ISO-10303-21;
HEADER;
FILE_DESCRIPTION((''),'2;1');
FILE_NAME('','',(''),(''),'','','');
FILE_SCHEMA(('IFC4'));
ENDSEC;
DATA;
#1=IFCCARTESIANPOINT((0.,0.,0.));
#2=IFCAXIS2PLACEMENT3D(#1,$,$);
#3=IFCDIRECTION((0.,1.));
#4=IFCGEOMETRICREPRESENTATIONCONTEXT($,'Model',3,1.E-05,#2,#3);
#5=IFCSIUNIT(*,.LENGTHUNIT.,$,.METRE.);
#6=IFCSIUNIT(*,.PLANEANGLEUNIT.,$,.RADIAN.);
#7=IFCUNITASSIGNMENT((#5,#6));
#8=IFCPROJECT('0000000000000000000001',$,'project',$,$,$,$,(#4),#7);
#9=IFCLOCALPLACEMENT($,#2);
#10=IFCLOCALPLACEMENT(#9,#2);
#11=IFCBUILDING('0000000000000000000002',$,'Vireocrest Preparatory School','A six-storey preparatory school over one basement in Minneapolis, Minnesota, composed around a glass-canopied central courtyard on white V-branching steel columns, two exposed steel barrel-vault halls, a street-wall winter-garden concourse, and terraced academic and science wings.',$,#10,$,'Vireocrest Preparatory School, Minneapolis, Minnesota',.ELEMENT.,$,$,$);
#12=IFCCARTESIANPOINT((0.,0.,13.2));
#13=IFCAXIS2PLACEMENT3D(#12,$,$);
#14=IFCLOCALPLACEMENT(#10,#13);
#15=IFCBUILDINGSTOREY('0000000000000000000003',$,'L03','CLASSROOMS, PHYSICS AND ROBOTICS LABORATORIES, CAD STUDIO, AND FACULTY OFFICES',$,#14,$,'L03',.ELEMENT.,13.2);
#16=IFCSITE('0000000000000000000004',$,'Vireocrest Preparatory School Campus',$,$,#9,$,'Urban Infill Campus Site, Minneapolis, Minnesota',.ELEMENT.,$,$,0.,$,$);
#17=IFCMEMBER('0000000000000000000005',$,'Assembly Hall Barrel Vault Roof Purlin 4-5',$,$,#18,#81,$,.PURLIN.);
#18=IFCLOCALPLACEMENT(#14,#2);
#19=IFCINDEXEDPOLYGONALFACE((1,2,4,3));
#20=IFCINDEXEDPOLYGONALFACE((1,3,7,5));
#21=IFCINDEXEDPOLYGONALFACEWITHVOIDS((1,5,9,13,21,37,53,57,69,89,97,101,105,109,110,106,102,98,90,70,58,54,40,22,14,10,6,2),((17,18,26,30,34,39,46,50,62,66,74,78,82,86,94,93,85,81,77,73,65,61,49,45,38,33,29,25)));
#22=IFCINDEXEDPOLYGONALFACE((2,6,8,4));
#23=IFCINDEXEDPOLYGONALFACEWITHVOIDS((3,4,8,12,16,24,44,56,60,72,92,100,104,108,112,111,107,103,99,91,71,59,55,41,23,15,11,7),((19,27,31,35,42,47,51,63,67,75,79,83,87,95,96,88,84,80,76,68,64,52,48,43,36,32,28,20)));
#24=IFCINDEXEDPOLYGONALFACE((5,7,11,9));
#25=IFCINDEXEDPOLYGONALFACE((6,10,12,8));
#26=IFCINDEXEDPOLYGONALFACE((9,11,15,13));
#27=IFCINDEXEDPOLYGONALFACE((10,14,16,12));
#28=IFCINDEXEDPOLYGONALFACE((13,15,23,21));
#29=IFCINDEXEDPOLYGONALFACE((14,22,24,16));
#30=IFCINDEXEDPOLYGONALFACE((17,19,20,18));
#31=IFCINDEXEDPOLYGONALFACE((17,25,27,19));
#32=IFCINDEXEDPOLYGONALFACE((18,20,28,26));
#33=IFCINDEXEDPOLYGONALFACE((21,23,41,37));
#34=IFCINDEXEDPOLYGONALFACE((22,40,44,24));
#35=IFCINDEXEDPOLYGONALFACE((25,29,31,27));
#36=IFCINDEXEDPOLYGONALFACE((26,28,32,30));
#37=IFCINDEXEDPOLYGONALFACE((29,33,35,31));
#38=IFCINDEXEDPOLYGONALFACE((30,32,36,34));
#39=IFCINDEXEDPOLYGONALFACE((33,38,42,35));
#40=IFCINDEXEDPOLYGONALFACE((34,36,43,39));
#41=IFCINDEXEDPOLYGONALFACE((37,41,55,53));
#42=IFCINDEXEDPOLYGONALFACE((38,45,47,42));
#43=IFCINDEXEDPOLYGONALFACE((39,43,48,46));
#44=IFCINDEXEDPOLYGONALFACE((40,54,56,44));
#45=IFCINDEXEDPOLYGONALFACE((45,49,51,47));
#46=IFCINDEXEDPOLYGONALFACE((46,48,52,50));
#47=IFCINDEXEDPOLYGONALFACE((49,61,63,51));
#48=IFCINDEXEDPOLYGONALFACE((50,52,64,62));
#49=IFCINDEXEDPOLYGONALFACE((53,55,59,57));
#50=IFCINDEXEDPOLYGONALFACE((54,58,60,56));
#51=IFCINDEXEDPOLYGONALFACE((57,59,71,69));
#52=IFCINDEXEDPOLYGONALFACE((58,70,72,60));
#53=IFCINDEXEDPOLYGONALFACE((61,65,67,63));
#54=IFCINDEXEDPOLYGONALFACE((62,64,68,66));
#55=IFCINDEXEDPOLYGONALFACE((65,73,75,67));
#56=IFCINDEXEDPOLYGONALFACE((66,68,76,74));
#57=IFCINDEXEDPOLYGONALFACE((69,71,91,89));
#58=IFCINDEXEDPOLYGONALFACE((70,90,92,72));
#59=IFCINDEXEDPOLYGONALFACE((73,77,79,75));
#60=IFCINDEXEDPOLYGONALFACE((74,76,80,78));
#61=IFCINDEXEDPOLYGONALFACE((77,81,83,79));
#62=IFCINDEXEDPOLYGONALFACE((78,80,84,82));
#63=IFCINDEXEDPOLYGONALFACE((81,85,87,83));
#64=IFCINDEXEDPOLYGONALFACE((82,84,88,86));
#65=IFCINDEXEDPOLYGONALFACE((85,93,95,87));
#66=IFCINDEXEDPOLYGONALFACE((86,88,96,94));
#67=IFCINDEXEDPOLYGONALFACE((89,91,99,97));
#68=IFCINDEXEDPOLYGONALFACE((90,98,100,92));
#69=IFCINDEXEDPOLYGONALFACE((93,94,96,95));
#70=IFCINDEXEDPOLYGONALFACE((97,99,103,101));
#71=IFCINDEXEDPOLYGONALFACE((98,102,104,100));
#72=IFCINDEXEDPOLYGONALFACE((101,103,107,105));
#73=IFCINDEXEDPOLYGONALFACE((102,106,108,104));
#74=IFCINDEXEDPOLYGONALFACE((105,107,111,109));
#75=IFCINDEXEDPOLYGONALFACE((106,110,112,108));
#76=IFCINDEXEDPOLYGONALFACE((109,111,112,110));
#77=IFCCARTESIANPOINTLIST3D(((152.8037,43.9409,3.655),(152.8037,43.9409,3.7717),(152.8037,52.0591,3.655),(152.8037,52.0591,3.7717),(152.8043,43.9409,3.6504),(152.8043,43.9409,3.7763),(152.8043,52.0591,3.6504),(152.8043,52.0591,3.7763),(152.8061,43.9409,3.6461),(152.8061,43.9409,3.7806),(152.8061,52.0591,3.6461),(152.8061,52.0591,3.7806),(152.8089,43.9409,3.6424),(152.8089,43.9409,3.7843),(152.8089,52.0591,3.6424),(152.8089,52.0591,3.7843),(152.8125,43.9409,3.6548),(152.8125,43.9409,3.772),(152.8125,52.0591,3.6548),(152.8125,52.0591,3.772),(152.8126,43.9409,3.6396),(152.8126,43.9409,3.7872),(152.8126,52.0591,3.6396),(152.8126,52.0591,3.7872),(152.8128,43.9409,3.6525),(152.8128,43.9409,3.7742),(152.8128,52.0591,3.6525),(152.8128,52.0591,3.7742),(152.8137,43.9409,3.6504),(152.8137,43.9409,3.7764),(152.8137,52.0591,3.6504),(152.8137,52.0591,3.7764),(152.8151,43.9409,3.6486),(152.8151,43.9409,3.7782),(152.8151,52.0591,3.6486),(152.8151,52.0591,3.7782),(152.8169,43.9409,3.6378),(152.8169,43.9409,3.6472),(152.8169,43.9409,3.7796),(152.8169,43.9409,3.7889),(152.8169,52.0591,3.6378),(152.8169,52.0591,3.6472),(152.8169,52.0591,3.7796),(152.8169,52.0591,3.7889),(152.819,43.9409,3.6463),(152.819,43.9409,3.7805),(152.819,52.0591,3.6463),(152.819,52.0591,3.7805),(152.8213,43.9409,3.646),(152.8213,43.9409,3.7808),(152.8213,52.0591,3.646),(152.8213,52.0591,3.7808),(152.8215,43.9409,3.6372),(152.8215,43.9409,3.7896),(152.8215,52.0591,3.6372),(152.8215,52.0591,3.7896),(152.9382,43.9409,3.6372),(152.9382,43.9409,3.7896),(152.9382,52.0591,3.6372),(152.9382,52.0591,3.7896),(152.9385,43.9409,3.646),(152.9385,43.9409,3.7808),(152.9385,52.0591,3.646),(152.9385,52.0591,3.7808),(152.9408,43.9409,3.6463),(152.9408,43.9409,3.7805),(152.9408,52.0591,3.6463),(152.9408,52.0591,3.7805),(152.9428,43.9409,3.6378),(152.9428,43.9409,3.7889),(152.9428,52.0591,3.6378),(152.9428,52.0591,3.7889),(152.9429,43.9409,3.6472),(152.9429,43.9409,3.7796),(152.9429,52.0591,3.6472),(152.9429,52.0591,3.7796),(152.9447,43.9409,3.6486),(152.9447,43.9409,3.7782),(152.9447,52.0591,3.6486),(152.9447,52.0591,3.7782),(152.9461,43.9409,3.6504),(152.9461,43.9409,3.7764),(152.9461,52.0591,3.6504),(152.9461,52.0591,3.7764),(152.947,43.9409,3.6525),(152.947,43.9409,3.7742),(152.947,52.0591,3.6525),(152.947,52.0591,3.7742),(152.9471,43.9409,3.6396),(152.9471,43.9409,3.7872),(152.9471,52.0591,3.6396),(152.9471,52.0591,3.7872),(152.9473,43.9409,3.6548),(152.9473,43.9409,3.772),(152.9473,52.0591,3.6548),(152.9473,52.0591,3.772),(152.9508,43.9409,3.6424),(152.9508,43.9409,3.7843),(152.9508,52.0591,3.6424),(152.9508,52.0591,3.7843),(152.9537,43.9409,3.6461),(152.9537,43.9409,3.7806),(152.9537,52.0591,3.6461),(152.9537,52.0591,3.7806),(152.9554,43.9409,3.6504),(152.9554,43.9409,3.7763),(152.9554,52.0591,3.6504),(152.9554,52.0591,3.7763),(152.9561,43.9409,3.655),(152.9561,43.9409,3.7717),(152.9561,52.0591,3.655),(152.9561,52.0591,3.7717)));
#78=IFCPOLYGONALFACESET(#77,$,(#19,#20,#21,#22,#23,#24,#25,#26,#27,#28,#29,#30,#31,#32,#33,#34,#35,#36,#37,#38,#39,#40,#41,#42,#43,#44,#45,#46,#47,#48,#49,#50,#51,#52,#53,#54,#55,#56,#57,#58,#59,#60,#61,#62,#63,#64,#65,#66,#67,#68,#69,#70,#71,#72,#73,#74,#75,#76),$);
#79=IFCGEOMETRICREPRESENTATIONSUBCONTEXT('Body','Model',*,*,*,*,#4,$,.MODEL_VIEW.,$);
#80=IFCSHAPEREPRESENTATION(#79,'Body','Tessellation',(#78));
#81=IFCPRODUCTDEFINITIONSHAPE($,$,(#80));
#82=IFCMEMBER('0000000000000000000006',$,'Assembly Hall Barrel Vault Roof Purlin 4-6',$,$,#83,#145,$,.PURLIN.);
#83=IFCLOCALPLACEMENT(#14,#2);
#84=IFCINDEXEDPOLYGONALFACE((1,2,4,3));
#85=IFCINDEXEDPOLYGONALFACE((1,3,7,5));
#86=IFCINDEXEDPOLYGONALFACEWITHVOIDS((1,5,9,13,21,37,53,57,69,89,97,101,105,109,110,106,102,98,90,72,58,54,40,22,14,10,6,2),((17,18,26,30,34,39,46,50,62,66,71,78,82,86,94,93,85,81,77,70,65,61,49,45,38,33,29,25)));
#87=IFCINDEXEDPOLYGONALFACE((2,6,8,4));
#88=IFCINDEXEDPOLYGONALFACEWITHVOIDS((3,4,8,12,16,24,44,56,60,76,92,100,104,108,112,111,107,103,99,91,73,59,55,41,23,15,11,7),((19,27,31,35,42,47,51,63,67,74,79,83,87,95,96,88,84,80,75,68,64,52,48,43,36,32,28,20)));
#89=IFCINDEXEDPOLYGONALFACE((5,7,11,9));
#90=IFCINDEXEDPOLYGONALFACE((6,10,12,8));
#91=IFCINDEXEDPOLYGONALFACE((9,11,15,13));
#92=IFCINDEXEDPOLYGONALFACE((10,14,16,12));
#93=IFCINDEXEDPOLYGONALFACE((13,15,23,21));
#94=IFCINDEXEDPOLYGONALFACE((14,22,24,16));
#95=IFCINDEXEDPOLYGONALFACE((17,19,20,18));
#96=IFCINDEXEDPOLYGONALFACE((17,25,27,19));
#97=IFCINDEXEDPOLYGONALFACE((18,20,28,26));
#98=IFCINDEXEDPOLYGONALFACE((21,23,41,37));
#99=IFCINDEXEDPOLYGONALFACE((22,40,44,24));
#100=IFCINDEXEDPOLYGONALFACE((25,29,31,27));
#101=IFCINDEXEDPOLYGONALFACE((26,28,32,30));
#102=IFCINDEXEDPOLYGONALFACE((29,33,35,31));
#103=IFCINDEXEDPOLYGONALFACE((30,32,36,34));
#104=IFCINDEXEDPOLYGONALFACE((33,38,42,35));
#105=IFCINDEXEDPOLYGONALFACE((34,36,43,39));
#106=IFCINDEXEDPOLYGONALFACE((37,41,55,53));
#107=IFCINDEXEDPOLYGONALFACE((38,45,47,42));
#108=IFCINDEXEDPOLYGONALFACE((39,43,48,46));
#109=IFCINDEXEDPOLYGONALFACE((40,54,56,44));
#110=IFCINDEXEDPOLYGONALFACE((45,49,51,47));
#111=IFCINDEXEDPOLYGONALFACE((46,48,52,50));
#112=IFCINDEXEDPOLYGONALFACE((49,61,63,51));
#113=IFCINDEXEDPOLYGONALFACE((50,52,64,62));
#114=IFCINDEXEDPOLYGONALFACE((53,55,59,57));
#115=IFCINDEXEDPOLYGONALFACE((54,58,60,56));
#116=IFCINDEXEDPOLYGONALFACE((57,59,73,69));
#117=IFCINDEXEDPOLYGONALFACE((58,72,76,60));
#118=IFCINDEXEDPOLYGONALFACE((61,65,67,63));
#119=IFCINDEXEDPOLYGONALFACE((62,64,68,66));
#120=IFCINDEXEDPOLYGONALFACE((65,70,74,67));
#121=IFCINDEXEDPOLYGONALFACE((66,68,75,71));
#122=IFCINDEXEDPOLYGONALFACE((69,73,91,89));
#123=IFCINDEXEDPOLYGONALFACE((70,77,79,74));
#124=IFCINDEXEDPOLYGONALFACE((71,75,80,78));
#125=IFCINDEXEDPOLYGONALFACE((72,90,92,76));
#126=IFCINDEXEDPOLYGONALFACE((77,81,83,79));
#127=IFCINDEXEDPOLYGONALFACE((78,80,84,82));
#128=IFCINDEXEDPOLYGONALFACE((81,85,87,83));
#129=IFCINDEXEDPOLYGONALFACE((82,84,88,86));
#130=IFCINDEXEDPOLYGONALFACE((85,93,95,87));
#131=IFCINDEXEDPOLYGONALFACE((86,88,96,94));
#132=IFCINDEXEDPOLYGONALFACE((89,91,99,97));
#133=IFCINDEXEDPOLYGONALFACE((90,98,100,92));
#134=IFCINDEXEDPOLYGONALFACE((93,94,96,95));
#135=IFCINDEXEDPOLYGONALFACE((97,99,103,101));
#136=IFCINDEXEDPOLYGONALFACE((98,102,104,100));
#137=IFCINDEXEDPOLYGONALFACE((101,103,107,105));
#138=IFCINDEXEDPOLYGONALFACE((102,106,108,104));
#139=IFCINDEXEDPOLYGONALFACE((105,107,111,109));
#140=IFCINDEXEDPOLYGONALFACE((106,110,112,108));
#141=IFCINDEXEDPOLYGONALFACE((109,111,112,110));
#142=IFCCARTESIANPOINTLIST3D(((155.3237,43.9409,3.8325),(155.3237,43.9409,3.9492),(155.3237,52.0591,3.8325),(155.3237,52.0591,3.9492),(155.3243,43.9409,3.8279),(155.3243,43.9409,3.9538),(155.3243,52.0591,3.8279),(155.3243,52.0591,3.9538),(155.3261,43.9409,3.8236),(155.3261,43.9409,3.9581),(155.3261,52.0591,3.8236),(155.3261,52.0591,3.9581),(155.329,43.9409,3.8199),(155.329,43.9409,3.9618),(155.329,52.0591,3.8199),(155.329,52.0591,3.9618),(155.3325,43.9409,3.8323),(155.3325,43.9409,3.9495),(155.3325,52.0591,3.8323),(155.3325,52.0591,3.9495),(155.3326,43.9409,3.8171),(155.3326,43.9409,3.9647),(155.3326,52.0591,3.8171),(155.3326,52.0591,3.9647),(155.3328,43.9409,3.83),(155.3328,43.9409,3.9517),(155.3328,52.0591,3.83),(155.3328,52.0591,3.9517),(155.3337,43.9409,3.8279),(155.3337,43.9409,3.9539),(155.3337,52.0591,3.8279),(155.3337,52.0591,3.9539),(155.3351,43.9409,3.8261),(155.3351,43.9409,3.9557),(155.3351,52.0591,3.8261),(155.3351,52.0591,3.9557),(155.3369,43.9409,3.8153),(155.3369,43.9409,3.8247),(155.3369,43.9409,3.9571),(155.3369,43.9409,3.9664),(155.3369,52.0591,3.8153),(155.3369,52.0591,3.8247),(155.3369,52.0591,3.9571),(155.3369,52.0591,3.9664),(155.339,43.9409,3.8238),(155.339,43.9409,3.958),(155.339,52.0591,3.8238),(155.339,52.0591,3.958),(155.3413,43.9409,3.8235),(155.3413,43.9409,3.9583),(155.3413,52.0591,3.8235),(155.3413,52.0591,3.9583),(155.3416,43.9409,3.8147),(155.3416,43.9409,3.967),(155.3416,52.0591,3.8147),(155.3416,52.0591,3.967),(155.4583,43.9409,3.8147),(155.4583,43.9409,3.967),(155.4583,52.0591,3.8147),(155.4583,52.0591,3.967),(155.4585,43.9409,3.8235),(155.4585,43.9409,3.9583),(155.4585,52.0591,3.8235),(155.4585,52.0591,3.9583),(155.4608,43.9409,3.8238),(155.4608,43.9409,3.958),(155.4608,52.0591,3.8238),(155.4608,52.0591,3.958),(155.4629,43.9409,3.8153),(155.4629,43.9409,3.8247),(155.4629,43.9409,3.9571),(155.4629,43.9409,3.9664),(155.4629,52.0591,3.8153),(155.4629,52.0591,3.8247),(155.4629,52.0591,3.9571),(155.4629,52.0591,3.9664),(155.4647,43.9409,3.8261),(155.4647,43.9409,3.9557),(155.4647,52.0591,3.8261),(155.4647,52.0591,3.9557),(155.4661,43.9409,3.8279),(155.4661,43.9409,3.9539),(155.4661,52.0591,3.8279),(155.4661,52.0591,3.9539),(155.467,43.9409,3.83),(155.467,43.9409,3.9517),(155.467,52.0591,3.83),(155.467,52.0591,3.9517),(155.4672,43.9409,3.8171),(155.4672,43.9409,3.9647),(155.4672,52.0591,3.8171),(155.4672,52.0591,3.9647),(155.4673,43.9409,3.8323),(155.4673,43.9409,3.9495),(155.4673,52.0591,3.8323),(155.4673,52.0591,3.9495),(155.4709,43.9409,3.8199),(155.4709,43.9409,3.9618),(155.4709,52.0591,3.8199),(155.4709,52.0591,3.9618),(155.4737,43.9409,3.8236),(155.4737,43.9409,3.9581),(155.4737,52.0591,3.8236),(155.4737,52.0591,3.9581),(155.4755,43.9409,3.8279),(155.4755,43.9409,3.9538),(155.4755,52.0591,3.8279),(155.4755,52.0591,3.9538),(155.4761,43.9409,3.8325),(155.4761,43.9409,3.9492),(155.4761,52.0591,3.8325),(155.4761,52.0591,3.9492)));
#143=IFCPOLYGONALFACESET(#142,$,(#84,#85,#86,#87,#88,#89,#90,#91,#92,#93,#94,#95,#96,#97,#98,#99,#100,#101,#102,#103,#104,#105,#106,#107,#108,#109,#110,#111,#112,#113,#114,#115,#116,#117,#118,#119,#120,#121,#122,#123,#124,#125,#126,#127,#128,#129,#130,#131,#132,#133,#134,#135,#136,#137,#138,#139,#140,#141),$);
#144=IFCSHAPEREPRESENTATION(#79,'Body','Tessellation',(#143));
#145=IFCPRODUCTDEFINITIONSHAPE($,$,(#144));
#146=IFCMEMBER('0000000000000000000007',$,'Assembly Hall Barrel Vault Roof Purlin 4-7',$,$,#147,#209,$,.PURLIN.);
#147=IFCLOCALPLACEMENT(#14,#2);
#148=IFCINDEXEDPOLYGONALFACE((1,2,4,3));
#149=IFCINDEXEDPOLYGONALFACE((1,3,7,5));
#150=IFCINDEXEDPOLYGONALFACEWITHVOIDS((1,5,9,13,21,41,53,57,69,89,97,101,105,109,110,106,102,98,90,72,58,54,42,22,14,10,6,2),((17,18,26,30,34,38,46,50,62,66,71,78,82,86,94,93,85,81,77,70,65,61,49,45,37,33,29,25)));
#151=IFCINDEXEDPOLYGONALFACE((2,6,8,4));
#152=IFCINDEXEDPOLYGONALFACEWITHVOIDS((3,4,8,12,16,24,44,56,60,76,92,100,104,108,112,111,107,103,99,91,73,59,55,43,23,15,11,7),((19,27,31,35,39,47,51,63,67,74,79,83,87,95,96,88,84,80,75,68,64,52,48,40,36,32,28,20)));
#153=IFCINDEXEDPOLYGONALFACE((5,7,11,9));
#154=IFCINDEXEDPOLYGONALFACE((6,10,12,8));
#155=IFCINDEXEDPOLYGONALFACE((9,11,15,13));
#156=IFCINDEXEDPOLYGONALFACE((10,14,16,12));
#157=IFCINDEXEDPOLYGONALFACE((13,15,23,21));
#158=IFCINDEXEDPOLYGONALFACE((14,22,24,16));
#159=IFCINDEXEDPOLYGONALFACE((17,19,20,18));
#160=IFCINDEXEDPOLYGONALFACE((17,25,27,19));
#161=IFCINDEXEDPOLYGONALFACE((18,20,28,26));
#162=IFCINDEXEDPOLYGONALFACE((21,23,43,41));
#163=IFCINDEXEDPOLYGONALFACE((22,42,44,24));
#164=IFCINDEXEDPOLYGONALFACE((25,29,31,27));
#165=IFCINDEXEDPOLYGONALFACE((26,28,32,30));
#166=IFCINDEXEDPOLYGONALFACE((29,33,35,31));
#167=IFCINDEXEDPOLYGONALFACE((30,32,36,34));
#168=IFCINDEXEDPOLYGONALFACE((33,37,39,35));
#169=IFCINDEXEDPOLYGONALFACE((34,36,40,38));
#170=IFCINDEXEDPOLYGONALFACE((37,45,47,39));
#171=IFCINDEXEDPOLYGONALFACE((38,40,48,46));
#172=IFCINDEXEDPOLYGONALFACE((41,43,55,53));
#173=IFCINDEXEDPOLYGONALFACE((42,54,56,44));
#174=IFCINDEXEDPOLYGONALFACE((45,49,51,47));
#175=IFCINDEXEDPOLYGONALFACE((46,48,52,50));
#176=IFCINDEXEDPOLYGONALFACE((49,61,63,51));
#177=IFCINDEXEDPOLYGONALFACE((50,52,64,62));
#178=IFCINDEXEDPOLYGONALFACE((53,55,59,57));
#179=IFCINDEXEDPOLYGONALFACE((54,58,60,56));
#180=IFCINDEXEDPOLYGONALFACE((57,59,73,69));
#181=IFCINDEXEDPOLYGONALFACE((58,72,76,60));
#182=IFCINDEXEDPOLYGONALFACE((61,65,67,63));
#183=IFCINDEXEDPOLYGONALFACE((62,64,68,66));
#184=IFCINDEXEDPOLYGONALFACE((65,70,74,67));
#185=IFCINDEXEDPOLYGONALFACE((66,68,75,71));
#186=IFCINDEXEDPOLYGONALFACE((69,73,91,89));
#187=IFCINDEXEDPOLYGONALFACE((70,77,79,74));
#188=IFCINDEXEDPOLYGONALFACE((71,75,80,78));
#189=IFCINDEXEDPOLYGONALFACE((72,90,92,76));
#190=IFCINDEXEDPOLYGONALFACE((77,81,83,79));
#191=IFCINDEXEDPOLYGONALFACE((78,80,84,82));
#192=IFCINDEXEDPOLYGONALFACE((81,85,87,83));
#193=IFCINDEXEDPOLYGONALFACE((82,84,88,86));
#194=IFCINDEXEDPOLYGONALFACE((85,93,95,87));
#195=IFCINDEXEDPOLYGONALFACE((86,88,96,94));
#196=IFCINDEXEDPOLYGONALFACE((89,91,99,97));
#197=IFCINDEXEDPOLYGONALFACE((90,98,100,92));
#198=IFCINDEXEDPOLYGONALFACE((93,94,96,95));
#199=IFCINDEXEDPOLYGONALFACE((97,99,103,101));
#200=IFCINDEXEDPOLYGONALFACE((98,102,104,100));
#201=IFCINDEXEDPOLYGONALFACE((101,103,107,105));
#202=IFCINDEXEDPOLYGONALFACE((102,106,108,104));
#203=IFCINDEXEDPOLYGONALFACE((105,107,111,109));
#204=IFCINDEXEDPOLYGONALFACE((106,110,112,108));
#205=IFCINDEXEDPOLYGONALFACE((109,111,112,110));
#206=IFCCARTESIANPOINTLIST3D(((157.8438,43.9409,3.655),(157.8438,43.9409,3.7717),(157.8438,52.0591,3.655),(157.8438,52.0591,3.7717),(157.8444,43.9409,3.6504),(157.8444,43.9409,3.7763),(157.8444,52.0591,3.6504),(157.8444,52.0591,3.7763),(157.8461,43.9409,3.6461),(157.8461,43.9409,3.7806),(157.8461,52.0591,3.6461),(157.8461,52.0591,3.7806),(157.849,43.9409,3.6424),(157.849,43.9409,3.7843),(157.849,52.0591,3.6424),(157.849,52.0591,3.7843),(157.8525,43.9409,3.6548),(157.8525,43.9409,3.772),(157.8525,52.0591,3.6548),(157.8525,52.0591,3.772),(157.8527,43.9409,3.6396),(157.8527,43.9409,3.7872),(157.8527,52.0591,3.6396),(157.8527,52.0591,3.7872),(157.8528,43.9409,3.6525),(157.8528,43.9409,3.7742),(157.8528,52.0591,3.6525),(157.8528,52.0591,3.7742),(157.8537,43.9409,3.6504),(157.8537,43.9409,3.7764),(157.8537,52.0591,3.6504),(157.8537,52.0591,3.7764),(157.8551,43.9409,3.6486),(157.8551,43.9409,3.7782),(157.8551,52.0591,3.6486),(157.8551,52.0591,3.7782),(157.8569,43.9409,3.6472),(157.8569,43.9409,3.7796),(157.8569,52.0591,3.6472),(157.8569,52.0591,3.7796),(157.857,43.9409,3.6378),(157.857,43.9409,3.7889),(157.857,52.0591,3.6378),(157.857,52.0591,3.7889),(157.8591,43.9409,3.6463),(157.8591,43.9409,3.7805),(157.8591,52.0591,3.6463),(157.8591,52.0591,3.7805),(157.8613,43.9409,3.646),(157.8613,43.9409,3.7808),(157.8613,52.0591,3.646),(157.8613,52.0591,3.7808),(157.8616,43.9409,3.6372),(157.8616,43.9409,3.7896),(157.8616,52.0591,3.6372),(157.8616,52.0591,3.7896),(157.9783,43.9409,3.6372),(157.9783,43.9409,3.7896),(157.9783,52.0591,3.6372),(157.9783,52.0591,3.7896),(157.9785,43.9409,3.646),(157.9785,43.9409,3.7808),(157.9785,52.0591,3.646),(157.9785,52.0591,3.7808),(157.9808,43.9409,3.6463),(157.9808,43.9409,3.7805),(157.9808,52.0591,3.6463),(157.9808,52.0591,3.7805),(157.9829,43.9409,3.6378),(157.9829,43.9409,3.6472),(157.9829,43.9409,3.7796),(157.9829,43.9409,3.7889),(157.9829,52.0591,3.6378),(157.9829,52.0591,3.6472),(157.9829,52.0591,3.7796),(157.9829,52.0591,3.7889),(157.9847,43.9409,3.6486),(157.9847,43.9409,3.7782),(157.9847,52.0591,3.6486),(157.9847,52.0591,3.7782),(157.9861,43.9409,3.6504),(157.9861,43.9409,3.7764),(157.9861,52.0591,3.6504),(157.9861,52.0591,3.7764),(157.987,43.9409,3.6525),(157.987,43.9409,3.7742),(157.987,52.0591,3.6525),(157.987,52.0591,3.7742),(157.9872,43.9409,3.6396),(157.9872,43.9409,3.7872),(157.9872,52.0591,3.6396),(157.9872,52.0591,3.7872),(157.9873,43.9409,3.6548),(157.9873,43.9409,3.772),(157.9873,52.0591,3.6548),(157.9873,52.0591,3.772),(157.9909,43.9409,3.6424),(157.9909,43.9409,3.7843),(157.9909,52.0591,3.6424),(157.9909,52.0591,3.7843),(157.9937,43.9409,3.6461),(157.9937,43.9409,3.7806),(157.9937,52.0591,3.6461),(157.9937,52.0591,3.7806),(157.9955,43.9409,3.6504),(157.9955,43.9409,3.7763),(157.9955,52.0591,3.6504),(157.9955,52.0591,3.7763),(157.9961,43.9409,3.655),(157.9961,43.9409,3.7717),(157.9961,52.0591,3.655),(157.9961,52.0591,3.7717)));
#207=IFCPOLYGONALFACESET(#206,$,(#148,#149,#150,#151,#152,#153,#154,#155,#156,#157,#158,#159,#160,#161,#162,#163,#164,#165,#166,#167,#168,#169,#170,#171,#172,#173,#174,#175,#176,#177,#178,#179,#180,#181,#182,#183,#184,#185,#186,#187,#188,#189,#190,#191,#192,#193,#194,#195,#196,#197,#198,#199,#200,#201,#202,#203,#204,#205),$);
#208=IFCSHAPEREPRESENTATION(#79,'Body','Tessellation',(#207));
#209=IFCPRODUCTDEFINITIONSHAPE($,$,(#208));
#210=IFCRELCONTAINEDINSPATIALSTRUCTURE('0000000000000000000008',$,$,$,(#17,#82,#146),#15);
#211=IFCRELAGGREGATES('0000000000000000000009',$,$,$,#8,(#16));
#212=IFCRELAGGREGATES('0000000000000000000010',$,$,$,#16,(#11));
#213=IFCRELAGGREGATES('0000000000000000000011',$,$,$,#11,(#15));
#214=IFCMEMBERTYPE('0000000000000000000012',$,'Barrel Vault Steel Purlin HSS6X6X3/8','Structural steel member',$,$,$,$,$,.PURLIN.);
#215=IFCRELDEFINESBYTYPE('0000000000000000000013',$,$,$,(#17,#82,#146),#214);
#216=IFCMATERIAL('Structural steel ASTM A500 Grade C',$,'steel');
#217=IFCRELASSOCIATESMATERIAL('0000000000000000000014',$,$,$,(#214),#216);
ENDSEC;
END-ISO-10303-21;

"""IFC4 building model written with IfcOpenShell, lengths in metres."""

from ifc_helpers import new_model, si_unit, direction, frame, origin, origin_2d, place, context, subcontext, project, spatial, hollow_rectangle, extrude, material, material_profile, profile_set, type_object, element, save


model = new_model("IFC4")

# Units and contexts
model_context = context("Model", 3, precision=1e-05, world=origin(), true_north=direction((0.0, 1.0)))
body_context = subcontext(model_context, "Body", "Model", "MODEL_VIEW")
ifc_project = project(units=[si_unit("LENGTHUNIT", "METRE"), si_unit("PLANEANGLEUNIT", "RADIAN")], contexts=[model_context])

# Site, building, storey
site_placement = place(None, origin())
site = spatial("IfcSite", under=ifc_project, at=site_placement, Name="Vireocrest Preparatory School Campus", LongName="Urban Infill Campus Site, Minneapolis, Minnesota", CompositionType="ELEMENT", RefElevation=0.0)
building_placement = place(site_placement, origin())
building = spatial("IfcBuilding", under=site, at=building_placement, Name="Vireocrest Preparatory School", Description="A six-storey preparatory school over one basement in Minneapolis, Minnesota, composed around a glass-canopied central courtyard on white V-branching steel columns, two exposed steel barrel-vault halls, a street-wall winter-garden concourse, and terraced academic and science wings.", LongName="Vireocrest Preparatory School, Minneapolis, Minnesota", CompositionType="ELEMENT")
storey_placement = place(building_placement, frame((0.0, 0.0, 13.2)))
storey = spatial("IfcBuildingStorey", under=building, at=storey_placement, Name="L03", Description="CLASSROOMS, PHYSICS AND ROBOTICS LABORATORIES, CAD STUDIO, AND FACULTY OFFICES", LongName="L03", CompositionType="ELEMENT", Elevation=13.2)

# Members
ifc_material_1 = material(Name="Structural steel ASTM A500 Grade C", Category="steel")
ifc_material_profile_1 = material_profile(ifc_material_1, hollow_rectangle(XDim=0.1523, YDim=0.1523, WallThickness=0.0088, InnerFilletRadius=0.0088, OuterFilletRadius=0.0178, at=origin_2d()), Name="HSS6X6X3/8")
ifc_profile_set_1 = profile_set([ifc_material_profile_1], Name="Structural steel ASTM A500 Grade C")
member_type_1 = type_object("IfcMemberType", Name="Barrel Vault Steel Purlin HSS6X6X3/8", Description="Structural steel member", PredefinedType="PURLIN", material=ifc_profile_set_1)
for number, where, z_axis, x_axis, name in (
    (1, (152.8799, 43.9409, 3.7134), (0.0, 1.0, 0.0), (-1.0, 0.0, 0.0), "Assembly Hall Barrel Vault Roof Purlin 4-5"),
    (2, (155.3999, 43.9409, 3.8909), (0.0, 1.0, 0.0), (-1.0, 0.0, 0.0), "Assembly Hall Barrel Vault Roof Purlin 4-6"),
    (3, (157.9199, 43.9409, 3.7134), (0.0, 1.0, 0.0), (-1.0, 0.0, 0.0), "Assembly Hall Barrel Vault Roof Purlin 4-7"),
):
    element("IfcMember", number, at=place(storey_placement, frame(where, z_axis=z_axis, x_axis=x_axis)), inside=storey, type_object=member_type_1, Name=name, PredefinedType="PURLIN", context=body_context, shape_type="SweptSolid", body=[
        extrude(hollow_rectangle(XDim=0.1523, YDim=0.1523, WallThickness=0.0088, InnerFilletRadius=0.0088, OuterFilletRadius=0.0178, at=origin_2d()), origin(), (0.0, 0.0, 1.0), 8.1182),
    ])

save(model, "model.ifc")
